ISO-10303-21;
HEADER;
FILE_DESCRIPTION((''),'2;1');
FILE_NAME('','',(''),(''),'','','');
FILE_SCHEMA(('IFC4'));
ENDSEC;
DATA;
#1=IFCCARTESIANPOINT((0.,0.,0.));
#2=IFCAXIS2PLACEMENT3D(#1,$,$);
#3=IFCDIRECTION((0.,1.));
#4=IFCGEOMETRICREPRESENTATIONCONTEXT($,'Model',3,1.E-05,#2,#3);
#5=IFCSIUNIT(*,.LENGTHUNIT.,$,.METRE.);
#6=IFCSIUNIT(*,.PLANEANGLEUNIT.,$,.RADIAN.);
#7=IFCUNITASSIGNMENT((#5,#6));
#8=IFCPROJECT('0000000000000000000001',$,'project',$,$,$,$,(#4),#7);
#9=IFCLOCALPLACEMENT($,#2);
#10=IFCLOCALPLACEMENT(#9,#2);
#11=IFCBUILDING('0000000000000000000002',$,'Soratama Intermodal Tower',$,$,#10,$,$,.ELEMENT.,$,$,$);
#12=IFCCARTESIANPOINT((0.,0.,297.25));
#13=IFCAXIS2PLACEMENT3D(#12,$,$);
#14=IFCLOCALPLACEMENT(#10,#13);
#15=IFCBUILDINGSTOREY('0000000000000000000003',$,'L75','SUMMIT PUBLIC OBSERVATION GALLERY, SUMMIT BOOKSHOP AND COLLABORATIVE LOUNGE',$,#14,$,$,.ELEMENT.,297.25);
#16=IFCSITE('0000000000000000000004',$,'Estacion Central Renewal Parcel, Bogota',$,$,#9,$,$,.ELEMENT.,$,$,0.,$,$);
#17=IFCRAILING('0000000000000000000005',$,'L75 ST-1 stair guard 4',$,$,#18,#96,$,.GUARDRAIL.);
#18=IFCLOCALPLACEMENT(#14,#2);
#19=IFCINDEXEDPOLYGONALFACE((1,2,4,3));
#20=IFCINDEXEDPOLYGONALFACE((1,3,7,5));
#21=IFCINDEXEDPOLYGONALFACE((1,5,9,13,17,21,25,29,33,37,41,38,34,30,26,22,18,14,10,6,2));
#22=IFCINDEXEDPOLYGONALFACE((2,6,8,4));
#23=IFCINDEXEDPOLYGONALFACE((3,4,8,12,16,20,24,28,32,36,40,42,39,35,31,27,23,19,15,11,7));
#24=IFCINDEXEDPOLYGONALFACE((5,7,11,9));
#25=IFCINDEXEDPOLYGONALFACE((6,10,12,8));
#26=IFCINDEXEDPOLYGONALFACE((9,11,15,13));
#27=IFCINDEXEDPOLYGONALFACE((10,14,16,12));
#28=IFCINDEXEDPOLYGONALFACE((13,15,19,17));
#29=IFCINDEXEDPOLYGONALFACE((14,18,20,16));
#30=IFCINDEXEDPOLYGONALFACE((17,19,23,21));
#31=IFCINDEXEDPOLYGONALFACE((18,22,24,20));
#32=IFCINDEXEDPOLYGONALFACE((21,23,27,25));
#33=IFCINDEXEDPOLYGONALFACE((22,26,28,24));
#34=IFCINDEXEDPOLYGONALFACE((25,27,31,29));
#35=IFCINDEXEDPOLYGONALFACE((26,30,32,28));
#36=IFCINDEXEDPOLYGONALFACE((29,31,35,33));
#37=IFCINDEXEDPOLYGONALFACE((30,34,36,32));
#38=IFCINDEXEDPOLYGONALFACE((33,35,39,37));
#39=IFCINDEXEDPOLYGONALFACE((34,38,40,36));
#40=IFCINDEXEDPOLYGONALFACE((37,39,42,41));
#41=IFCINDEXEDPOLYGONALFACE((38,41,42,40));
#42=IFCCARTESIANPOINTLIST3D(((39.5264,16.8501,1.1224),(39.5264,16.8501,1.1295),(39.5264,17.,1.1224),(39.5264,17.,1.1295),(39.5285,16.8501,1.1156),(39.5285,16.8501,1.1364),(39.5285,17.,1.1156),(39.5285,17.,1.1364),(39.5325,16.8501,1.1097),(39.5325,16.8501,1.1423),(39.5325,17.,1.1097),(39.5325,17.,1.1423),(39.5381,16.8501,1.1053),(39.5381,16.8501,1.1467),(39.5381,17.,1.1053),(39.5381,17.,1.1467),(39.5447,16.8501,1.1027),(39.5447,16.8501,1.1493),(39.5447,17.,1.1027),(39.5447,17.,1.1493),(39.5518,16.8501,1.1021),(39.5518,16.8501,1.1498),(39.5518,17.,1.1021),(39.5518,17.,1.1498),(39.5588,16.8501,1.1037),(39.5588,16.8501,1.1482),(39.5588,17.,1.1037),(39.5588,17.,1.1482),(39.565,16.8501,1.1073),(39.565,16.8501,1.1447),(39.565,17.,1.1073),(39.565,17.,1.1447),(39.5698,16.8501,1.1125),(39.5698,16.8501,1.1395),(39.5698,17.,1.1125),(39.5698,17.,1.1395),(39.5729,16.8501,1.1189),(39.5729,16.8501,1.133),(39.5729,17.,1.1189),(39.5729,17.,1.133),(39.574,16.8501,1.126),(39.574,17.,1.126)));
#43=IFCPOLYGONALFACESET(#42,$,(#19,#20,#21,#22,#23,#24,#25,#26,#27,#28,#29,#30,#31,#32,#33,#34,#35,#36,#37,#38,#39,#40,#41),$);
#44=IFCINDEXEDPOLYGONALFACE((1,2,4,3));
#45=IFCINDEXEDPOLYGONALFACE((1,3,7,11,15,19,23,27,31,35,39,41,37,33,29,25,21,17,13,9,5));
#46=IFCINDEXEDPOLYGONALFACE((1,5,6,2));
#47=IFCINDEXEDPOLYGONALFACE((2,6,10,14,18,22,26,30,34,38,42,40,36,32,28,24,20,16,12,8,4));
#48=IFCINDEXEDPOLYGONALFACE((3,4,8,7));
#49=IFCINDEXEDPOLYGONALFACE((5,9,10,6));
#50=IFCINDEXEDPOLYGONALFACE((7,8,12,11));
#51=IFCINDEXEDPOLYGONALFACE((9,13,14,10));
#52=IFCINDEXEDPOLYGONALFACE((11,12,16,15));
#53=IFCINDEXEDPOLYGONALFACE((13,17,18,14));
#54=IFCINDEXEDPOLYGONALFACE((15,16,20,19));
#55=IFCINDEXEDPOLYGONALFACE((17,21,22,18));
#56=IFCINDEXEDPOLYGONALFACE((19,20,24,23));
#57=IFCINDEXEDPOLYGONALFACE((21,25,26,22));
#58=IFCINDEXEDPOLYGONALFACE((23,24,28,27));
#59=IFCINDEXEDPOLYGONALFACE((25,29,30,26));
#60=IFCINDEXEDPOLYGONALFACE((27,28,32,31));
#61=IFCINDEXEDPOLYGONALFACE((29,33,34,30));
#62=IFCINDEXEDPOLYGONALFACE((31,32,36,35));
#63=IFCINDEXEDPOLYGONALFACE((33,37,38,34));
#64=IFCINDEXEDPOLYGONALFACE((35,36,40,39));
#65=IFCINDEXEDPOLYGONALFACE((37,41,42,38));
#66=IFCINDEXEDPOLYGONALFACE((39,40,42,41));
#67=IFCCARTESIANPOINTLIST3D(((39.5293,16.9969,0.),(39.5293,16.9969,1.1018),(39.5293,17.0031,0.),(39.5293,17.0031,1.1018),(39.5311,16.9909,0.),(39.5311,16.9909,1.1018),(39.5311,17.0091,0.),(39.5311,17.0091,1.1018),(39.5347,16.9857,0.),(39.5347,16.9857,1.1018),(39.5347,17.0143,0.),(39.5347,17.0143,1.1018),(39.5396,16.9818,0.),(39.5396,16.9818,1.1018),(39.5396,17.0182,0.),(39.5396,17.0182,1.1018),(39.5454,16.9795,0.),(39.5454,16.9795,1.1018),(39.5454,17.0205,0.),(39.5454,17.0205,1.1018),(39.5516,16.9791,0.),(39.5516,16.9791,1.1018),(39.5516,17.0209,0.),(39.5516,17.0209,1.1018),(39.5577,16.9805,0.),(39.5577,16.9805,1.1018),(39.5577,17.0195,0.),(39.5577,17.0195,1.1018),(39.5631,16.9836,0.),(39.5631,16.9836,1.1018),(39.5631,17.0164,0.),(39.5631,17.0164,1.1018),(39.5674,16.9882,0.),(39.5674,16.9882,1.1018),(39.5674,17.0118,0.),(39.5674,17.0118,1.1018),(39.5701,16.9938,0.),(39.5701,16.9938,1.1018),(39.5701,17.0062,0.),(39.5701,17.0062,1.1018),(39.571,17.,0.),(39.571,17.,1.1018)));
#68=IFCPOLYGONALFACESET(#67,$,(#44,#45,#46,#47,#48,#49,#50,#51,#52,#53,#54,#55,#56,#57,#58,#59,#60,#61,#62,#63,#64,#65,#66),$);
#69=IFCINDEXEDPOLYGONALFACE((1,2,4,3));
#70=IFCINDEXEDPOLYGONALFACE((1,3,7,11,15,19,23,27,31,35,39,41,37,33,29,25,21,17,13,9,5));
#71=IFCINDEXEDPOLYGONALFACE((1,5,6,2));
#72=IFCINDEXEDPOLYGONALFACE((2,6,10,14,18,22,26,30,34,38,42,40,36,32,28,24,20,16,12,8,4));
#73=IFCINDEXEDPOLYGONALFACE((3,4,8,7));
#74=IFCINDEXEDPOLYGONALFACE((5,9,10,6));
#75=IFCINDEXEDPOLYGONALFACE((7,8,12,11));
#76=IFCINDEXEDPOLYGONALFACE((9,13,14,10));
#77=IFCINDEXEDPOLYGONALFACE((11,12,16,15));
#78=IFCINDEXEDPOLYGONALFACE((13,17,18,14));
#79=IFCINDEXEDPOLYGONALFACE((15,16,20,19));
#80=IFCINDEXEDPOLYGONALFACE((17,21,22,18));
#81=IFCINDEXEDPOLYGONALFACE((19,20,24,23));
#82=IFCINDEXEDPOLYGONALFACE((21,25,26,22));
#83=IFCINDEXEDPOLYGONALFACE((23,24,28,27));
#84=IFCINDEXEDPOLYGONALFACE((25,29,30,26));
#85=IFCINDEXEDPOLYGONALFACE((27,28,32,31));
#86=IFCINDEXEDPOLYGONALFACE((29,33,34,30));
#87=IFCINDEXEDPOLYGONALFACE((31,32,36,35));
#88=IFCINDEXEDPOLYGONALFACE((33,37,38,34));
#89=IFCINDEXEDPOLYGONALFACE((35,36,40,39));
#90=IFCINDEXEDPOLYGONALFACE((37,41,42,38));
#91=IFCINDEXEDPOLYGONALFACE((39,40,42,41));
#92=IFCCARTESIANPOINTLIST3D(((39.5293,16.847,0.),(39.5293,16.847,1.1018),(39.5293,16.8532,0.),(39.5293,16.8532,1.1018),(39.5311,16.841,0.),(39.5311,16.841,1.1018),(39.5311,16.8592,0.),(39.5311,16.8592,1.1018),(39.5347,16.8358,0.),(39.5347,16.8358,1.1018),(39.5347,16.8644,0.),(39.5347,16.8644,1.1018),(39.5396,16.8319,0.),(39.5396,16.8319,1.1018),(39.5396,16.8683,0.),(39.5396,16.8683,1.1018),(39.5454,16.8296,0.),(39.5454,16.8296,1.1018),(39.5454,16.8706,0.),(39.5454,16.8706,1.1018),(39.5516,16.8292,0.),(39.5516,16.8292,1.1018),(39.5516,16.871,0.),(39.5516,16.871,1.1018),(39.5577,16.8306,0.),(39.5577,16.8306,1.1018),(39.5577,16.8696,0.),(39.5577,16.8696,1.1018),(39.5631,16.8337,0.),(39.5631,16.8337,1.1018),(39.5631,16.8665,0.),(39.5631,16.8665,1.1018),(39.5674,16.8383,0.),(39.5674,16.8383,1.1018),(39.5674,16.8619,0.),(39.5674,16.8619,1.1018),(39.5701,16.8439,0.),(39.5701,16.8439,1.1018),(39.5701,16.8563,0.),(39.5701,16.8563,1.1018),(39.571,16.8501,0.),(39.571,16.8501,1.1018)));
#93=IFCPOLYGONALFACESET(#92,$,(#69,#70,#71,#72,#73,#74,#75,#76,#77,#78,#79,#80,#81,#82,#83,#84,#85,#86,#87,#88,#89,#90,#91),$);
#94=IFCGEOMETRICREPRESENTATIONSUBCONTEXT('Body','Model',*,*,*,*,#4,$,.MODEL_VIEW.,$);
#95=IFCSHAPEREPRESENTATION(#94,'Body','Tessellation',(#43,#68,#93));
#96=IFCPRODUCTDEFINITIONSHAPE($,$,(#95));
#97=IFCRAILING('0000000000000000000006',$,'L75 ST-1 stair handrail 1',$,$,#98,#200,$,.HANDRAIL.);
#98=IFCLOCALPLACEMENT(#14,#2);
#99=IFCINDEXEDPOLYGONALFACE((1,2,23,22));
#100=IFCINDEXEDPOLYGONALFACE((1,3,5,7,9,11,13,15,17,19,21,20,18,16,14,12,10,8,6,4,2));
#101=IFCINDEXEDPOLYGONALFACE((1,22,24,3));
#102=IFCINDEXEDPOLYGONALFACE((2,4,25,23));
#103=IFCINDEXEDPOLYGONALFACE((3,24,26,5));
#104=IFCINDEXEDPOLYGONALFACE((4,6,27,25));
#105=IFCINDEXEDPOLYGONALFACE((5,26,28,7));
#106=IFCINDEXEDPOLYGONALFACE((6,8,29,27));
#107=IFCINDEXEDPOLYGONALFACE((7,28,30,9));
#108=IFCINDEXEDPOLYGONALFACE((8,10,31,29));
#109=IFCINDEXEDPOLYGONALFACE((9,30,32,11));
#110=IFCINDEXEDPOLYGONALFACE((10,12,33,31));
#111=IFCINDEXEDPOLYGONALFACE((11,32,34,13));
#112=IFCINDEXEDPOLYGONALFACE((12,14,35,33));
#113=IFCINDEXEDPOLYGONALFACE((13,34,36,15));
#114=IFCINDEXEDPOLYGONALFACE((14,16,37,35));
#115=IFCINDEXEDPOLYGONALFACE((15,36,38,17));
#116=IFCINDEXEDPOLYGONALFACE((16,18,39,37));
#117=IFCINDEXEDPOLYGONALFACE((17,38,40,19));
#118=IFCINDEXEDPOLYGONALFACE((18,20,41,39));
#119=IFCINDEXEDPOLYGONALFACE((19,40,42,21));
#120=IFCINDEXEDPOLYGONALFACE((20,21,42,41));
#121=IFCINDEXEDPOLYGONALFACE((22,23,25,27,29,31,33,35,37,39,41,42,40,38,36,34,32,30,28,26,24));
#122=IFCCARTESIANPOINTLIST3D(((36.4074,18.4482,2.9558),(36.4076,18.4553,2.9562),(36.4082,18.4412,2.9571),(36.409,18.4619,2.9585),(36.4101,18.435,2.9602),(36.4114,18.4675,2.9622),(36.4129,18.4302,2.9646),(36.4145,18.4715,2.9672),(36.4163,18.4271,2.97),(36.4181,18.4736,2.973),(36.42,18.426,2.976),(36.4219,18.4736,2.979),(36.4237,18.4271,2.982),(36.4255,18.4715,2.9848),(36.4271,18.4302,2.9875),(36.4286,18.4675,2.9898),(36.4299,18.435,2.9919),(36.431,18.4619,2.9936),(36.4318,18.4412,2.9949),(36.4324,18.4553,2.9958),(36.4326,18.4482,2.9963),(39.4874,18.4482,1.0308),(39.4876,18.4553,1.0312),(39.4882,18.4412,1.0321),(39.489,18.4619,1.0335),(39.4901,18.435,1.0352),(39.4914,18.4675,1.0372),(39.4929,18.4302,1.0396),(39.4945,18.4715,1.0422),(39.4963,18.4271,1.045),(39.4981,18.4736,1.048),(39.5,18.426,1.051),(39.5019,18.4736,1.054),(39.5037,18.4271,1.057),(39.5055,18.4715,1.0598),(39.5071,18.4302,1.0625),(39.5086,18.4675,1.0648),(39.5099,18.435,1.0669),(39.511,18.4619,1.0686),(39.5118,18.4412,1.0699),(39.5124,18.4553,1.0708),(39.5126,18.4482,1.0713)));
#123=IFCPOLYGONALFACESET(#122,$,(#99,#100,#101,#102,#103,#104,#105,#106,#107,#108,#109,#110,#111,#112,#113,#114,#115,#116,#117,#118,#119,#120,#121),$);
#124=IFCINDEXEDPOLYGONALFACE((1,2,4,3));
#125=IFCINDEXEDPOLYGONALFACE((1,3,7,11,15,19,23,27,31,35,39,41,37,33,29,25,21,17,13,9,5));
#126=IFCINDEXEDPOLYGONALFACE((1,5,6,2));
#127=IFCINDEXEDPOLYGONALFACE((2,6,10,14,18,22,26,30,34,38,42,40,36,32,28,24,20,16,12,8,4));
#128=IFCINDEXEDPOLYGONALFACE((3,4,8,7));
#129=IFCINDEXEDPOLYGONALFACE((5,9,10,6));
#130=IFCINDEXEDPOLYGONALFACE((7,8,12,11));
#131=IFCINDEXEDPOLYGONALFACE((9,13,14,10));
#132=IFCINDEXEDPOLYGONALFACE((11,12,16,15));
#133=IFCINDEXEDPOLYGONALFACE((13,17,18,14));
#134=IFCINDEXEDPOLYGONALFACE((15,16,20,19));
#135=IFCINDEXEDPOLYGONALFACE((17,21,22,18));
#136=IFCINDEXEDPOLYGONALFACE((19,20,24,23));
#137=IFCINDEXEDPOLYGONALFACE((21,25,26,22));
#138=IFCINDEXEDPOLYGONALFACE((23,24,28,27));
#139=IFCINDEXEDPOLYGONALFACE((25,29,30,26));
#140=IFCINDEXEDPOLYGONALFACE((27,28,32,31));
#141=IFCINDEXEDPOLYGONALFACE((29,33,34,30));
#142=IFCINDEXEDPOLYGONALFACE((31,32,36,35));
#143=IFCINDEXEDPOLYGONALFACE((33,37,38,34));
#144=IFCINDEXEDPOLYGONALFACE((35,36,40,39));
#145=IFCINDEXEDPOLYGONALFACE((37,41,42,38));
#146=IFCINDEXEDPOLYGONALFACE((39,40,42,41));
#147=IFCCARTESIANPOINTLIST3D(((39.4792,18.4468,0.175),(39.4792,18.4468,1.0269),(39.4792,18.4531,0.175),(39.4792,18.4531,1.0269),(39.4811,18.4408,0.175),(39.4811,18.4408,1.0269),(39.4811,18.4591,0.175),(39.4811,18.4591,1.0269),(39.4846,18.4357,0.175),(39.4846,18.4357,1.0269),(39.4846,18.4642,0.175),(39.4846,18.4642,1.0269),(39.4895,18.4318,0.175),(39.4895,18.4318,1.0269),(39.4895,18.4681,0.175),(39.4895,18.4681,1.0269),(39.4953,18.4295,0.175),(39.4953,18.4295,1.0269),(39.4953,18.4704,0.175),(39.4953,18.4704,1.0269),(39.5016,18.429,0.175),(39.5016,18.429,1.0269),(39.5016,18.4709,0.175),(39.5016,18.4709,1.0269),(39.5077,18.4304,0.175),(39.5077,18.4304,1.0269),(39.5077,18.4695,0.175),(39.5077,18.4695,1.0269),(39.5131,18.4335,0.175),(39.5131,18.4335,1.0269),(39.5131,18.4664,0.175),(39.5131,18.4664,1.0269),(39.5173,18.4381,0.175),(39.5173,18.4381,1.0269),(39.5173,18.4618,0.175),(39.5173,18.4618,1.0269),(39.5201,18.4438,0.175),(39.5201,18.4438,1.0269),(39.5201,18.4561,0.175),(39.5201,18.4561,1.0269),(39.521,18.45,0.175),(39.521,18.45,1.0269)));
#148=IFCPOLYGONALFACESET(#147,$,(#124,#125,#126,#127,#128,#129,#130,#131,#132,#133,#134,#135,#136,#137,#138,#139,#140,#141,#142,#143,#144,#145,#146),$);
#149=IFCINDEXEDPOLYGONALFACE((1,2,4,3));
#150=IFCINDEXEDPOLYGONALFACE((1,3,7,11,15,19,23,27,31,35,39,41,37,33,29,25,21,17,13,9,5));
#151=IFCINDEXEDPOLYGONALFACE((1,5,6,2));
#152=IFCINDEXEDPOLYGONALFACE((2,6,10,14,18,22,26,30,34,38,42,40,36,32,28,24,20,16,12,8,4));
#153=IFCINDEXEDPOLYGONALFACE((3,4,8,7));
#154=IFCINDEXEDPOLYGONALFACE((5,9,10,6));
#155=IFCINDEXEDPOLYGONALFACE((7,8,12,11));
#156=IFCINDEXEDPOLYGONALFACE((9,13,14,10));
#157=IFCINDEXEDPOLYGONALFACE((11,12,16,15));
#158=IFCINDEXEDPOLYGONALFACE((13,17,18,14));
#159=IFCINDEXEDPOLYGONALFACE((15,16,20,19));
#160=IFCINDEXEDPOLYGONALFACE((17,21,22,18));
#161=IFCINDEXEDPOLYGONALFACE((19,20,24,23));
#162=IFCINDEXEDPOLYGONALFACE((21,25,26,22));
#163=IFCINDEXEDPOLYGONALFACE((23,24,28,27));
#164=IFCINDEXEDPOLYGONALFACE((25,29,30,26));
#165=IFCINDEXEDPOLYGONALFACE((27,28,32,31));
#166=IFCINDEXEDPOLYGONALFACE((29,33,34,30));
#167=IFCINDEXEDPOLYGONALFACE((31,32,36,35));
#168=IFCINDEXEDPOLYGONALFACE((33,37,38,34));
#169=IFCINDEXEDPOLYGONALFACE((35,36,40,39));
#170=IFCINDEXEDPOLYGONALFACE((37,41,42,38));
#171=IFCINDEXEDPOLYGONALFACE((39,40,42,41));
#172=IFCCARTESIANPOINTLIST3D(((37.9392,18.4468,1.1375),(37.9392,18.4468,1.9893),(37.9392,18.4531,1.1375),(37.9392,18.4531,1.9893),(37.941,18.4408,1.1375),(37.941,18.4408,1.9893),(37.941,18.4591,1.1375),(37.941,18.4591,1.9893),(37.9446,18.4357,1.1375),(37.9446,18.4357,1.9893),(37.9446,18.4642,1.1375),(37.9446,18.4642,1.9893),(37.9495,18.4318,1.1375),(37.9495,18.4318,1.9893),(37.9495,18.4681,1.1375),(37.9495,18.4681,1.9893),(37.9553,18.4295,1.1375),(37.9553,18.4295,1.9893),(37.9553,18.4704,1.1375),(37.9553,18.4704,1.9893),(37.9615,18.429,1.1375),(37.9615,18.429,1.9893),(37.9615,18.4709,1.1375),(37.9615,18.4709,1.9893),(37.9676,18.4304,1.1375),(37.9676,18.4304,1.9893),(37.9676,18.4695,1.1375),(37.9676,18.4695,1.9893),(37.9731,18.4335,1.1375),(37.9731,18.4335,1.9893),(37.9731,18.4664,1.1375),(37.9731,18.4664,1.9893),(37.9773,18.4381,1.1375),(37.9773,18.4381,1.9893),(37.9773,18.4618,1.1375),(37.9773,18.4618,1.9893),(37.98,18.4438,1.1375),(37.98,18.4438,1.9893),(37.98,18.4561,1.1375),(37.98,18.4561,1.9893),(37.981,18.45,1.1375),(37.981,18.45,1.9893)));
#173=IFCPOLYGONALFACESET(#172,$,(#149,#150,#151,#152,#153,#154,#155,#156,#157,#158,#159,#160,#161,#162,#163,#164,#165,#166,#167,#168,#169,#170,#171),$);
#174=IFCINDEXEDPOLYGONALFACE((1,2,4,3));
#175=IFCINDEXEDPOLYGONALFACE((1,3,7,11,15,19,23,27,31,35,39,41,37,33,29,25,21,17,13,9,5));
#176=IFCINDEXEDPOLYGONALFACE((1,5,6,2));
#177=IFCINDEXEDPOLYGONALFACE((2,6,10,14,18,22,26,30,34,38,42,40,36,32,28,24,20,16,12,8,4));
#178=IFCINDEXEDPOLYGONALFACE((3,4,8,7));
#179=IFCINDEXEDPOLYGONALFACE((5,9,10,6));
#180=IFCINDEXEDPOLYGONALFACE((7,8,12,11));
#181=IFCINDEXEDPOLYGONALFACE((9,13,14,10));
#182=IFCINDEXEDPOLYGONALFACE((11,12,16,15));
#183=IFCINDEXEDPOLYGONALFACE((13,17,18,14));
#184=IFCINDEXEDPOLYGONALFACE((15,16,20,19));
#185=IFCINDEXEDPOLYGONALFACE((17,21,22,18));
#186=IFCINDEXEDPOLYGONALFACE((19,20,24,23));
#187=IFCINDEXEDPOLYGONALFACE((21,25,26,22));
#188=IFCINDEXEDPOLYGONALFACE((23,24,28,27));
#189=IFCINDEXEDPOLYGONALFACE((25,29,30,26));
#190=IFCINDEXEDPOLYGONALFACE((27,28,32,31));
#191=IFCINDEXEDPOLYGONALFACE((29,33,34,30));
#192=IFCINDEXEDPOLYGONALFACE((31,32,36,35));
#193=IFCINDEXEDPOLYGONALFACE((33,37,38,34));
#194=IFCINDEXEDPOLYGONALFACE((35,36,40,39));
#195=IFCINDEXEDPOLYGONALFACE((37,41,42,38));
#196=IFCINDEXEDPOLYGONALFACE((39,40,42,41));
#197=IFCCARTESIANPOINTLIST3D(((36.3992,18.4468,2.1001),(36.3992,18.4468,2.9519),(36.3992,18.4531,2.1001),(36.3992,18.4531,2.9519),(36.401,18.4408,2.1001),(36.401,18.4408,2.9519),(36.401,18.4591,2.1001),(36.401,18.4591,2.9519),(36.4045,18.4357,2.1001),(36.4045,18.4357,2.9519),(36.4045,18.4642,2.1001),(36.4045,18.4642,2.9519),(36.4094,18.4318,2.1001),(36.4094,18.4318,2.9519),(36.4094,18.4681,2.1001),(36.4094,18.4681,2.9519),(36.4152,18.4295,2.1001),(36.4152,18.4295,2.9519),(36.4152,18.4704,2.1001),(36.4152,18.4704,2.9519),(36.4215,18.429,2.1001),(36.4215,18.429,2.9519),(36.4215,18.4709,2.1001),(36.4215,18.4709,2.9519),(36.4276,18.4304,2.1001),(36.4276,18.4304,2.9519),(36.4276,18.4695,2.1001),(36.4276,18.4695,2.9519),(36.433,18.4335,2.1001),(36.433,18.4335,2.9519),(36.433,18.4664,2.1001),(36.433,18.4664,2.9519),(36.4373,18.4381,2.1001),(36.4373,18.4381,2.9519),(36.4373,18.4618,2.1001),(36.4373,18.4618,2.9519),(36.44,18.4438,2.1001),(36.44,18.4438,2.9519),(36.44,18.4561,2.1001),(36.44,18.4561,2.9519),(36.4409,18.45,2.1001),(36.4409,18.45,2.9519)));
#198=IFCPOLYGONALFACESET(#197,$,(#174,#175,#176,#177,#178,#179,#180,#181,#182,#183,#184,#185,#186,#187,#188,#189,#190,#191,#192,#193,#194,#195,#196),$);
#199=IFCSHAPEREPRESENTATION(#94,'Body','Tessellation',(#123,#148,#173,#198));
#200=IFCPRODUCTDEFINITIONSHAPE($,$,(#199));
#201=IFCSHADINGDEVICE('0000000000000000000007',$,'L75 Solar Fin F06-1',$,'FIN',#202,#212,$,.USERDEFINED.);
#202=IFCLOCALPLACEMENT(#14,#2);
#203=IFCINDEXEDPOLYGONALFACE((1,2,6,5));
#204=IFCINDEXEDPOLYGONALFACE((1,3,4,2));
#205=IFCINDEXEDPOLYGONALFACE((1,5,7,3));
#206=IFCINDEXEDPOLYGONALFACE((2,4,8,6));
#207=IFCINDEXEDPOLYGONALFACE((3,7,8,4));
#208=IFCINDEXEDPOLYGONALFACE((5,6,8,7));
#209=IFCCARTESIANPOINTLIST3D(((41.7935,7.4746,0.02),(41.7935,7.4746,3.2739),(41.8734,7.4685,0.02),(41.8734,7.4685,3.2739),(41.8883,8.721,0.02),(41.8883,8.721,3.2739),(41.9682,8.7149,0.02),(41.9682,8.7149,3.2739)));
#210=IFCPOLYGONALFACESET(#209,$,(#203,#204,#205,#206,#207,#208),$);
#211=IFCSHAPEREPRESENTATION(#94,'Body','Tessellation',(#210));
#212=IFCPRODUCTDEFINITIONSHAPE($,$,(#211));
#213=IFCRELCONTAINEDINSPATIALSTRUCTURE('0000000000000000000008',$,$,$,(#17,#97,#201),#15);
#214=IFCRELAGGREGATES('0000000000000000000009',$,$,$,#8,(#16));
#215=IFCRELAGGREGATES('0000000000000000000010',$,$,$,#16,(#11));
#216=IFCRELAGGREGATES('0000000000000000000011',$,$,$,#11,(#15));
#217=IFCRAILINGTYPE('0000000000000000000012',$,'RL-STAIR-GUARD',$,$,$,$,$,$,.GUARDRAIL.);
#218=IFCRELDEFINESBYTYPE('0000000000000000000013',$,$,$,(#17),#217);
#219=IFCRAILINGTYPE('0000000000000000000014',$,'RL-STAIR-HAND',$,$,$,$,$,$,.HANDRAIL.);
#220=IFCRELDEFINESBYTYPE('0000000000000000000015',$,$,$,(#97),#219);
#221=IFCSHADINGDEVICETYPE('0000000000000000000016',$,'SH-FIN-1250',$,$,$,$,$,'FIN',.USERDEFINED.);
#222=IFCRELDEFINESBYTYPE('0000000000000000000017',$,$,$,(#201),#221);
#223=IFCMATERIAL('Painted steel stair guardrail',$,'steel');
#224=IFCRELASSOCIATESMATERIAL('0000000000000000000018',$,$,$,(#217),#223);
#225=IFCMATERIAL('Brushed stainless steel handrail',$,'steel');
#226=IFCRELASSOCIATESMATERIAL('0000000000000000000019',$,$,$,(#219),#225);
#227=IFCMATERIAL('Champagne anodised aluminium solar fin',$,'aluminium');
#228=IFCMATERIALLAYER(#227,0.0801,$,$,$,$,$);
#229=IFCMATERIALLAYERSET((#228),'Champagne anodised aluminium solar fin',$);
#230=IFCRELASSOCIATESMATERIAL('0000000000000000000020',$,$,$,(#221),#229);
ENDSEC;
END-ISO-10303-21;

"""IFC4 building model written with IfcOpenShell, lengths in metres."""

from ifc_helpers import new_model, si_unit, direction, frame, origin, origin_2d, place, context, subcontext, project, spatial, rectangle, circle, extrude, material, layer, layer_set, type_object, element, save


model = new_model("IFC4")

# Units and contexts
model_context = context("Model", 3, precision=1e-05, world=origin(), true_north=direction((0.0, 1.0)))
body_context = subcontext(model_context, "Body", "Model", "MODEL_VIEW")
ifc_project = project(units=[si_unit("LENGTHUNIT", "METRE"), si_unit("PLANEANGLEUNIT", "RADIAN")], contexts=[model_context])

# Site, building, storey
site_placement = place(None, origin())
site = spatial("IfcSite", under=ifc_project, at=site_placement, Name="Estacion Central Renewal Parcel, Bogota", CompositionType="ELEMENT", RefElevation=0.0)
building_placement = place(site_placement, origin())
building = spatial("IfcBuilding", under=site, at=building_placement, Name="Soratama Intermodal Tower", CompositionType="ELEMENT")
storey_placement = place(building_placement, frame((0.0, 0.0, 297.25)))
storey = spatial("IfcBuildingStorey", under=building, at=storey_placement, Name="L75", Description="SUMMIT PUBLIC OBSERVATION GALLERY, SUMMIT BOOKSHOP AND COLLABORATIVE LOUNGE", CompositionType="ELEMENT", Elevation=297.25)

# Railings
ifc_material_1 = material(Name="Painted steel stair guardrail", Category="steel")
railing_type_1 = type_object("IfcRailingType", Name="RL-STAIR-GUARD", PredefinedType="GUARDRAIL", material=ifc_material_1)
railing_1_placement = place(storey_placement, frame((39.55, 17.0, 0.0)))
element("IfcRailing", 1, at=railing_1_placement, inside=storey, type_object=railing_type_1, Name="L75 ST-1 stair guard 4", PredefinedType="GUARDRAIL", context=body_context, shape_type="SweptSolid", body=[
    extrude(circle(Radius=0.0239, at=origin_2d()), frame((0.0, 0.0, 1.126), z_axis=(0.0, -1.0, 0.0), x_axis=(1.0, 0.0, 0.0)), (0.0, 0.0, 1.0), 0.1499),
    extrude(circle(Radius=0.021, at=origin_2d()), origin(), (0.0, 0.0, 1.0), 1.1018),
    extrude(circle(Radius=0.021, at=origin_2d()), frame((0.0, -0.1499, 0.0)), (0.0, 0.0, 1.0), 1.1018),
])
ifc_material_2 = material(Name="Brushed stainless steel handrail", Category="steel")
railing_type_2 = type_object("IfcRailingType", Name="RL-STAIR-HAND", PredefinedType="HANDRAIL", material=ifc_material_2)
railing_2_placement = place(storey_placement, frame((39.5, 18.45, 0.175)))
element("IfcRailing", 2, at=railing_2_placement, inside=storey, type_object=railing_type_2, Name="L75 ST-1 stair handrail 1", PredefinedType="HANDRAIL", context=body_context, shape_type="SweptSolid", body=[
    extrude(circle(Radius=0.0239, at=origin_2d()), frame((0.0, 0.0, 0.876), z_axis=(-0.847998, 0.0, 0.529999), x_axis=(0.0, -1.0, 0.0)), (0.0, 0.0, 1.0), 3.6321),
    extrude(circle(Radius=0.021, at=origin_2d()), origin(), (0.0, 0.0, 1.0), 0.8518),
    extrude(circle(Radius=0.021, at=origin_2d()), frame((-1.54, 0.0, 0.9624)), (0.0, 0.0, 1.0), 0.8518),
    extrude(circle(Radius=0.021, at=origin_2d()), frame((-3.0801, 0.0, 1.925)), (0.0, 0.0, 1.0), 0.8518),
])

# Shading device
ifc_material_3 = material(Name="Champagne anodised aluminium solar fin", Category="aluminium")
ifc_layer_1 = layer(ifc_material_3, 0.0801)
ifc_layer_set_1 = layer_set([ifc_layer_1], Name="Champagne anodised aluminium solar fin")
shading_device_type = type_object("IfcShadingDeviceType", Name="SH-FIN-1250", ElementType="FIN", PredefinedType="USERDEFINED", material=ifc_layer_set_1)
shading_device_placement = place(storey_placement, frame((41.8809, 8.0947, 0.02), z_axis=(0.0, 0.0, 1.0), x_axis=(-0.075849, -0.997119, 0.0)))
element("IfcShadingDevice", 3, at=shading_device_placement, inside=storey, type_object=shading_device_type, Name="L75 Solar Fin F06-1", ObjectType="FIN", PredefinedType="USERDEFINED", context=body_context, shape_type="SweptSolid", body=[
    extrude(rectangle(XDim=1.25, YDim=0.0801, at=origin_2d()), origin(), (0.0, 0.0, 1.0), 3.2539),
])

save(model, "model.ifc")
